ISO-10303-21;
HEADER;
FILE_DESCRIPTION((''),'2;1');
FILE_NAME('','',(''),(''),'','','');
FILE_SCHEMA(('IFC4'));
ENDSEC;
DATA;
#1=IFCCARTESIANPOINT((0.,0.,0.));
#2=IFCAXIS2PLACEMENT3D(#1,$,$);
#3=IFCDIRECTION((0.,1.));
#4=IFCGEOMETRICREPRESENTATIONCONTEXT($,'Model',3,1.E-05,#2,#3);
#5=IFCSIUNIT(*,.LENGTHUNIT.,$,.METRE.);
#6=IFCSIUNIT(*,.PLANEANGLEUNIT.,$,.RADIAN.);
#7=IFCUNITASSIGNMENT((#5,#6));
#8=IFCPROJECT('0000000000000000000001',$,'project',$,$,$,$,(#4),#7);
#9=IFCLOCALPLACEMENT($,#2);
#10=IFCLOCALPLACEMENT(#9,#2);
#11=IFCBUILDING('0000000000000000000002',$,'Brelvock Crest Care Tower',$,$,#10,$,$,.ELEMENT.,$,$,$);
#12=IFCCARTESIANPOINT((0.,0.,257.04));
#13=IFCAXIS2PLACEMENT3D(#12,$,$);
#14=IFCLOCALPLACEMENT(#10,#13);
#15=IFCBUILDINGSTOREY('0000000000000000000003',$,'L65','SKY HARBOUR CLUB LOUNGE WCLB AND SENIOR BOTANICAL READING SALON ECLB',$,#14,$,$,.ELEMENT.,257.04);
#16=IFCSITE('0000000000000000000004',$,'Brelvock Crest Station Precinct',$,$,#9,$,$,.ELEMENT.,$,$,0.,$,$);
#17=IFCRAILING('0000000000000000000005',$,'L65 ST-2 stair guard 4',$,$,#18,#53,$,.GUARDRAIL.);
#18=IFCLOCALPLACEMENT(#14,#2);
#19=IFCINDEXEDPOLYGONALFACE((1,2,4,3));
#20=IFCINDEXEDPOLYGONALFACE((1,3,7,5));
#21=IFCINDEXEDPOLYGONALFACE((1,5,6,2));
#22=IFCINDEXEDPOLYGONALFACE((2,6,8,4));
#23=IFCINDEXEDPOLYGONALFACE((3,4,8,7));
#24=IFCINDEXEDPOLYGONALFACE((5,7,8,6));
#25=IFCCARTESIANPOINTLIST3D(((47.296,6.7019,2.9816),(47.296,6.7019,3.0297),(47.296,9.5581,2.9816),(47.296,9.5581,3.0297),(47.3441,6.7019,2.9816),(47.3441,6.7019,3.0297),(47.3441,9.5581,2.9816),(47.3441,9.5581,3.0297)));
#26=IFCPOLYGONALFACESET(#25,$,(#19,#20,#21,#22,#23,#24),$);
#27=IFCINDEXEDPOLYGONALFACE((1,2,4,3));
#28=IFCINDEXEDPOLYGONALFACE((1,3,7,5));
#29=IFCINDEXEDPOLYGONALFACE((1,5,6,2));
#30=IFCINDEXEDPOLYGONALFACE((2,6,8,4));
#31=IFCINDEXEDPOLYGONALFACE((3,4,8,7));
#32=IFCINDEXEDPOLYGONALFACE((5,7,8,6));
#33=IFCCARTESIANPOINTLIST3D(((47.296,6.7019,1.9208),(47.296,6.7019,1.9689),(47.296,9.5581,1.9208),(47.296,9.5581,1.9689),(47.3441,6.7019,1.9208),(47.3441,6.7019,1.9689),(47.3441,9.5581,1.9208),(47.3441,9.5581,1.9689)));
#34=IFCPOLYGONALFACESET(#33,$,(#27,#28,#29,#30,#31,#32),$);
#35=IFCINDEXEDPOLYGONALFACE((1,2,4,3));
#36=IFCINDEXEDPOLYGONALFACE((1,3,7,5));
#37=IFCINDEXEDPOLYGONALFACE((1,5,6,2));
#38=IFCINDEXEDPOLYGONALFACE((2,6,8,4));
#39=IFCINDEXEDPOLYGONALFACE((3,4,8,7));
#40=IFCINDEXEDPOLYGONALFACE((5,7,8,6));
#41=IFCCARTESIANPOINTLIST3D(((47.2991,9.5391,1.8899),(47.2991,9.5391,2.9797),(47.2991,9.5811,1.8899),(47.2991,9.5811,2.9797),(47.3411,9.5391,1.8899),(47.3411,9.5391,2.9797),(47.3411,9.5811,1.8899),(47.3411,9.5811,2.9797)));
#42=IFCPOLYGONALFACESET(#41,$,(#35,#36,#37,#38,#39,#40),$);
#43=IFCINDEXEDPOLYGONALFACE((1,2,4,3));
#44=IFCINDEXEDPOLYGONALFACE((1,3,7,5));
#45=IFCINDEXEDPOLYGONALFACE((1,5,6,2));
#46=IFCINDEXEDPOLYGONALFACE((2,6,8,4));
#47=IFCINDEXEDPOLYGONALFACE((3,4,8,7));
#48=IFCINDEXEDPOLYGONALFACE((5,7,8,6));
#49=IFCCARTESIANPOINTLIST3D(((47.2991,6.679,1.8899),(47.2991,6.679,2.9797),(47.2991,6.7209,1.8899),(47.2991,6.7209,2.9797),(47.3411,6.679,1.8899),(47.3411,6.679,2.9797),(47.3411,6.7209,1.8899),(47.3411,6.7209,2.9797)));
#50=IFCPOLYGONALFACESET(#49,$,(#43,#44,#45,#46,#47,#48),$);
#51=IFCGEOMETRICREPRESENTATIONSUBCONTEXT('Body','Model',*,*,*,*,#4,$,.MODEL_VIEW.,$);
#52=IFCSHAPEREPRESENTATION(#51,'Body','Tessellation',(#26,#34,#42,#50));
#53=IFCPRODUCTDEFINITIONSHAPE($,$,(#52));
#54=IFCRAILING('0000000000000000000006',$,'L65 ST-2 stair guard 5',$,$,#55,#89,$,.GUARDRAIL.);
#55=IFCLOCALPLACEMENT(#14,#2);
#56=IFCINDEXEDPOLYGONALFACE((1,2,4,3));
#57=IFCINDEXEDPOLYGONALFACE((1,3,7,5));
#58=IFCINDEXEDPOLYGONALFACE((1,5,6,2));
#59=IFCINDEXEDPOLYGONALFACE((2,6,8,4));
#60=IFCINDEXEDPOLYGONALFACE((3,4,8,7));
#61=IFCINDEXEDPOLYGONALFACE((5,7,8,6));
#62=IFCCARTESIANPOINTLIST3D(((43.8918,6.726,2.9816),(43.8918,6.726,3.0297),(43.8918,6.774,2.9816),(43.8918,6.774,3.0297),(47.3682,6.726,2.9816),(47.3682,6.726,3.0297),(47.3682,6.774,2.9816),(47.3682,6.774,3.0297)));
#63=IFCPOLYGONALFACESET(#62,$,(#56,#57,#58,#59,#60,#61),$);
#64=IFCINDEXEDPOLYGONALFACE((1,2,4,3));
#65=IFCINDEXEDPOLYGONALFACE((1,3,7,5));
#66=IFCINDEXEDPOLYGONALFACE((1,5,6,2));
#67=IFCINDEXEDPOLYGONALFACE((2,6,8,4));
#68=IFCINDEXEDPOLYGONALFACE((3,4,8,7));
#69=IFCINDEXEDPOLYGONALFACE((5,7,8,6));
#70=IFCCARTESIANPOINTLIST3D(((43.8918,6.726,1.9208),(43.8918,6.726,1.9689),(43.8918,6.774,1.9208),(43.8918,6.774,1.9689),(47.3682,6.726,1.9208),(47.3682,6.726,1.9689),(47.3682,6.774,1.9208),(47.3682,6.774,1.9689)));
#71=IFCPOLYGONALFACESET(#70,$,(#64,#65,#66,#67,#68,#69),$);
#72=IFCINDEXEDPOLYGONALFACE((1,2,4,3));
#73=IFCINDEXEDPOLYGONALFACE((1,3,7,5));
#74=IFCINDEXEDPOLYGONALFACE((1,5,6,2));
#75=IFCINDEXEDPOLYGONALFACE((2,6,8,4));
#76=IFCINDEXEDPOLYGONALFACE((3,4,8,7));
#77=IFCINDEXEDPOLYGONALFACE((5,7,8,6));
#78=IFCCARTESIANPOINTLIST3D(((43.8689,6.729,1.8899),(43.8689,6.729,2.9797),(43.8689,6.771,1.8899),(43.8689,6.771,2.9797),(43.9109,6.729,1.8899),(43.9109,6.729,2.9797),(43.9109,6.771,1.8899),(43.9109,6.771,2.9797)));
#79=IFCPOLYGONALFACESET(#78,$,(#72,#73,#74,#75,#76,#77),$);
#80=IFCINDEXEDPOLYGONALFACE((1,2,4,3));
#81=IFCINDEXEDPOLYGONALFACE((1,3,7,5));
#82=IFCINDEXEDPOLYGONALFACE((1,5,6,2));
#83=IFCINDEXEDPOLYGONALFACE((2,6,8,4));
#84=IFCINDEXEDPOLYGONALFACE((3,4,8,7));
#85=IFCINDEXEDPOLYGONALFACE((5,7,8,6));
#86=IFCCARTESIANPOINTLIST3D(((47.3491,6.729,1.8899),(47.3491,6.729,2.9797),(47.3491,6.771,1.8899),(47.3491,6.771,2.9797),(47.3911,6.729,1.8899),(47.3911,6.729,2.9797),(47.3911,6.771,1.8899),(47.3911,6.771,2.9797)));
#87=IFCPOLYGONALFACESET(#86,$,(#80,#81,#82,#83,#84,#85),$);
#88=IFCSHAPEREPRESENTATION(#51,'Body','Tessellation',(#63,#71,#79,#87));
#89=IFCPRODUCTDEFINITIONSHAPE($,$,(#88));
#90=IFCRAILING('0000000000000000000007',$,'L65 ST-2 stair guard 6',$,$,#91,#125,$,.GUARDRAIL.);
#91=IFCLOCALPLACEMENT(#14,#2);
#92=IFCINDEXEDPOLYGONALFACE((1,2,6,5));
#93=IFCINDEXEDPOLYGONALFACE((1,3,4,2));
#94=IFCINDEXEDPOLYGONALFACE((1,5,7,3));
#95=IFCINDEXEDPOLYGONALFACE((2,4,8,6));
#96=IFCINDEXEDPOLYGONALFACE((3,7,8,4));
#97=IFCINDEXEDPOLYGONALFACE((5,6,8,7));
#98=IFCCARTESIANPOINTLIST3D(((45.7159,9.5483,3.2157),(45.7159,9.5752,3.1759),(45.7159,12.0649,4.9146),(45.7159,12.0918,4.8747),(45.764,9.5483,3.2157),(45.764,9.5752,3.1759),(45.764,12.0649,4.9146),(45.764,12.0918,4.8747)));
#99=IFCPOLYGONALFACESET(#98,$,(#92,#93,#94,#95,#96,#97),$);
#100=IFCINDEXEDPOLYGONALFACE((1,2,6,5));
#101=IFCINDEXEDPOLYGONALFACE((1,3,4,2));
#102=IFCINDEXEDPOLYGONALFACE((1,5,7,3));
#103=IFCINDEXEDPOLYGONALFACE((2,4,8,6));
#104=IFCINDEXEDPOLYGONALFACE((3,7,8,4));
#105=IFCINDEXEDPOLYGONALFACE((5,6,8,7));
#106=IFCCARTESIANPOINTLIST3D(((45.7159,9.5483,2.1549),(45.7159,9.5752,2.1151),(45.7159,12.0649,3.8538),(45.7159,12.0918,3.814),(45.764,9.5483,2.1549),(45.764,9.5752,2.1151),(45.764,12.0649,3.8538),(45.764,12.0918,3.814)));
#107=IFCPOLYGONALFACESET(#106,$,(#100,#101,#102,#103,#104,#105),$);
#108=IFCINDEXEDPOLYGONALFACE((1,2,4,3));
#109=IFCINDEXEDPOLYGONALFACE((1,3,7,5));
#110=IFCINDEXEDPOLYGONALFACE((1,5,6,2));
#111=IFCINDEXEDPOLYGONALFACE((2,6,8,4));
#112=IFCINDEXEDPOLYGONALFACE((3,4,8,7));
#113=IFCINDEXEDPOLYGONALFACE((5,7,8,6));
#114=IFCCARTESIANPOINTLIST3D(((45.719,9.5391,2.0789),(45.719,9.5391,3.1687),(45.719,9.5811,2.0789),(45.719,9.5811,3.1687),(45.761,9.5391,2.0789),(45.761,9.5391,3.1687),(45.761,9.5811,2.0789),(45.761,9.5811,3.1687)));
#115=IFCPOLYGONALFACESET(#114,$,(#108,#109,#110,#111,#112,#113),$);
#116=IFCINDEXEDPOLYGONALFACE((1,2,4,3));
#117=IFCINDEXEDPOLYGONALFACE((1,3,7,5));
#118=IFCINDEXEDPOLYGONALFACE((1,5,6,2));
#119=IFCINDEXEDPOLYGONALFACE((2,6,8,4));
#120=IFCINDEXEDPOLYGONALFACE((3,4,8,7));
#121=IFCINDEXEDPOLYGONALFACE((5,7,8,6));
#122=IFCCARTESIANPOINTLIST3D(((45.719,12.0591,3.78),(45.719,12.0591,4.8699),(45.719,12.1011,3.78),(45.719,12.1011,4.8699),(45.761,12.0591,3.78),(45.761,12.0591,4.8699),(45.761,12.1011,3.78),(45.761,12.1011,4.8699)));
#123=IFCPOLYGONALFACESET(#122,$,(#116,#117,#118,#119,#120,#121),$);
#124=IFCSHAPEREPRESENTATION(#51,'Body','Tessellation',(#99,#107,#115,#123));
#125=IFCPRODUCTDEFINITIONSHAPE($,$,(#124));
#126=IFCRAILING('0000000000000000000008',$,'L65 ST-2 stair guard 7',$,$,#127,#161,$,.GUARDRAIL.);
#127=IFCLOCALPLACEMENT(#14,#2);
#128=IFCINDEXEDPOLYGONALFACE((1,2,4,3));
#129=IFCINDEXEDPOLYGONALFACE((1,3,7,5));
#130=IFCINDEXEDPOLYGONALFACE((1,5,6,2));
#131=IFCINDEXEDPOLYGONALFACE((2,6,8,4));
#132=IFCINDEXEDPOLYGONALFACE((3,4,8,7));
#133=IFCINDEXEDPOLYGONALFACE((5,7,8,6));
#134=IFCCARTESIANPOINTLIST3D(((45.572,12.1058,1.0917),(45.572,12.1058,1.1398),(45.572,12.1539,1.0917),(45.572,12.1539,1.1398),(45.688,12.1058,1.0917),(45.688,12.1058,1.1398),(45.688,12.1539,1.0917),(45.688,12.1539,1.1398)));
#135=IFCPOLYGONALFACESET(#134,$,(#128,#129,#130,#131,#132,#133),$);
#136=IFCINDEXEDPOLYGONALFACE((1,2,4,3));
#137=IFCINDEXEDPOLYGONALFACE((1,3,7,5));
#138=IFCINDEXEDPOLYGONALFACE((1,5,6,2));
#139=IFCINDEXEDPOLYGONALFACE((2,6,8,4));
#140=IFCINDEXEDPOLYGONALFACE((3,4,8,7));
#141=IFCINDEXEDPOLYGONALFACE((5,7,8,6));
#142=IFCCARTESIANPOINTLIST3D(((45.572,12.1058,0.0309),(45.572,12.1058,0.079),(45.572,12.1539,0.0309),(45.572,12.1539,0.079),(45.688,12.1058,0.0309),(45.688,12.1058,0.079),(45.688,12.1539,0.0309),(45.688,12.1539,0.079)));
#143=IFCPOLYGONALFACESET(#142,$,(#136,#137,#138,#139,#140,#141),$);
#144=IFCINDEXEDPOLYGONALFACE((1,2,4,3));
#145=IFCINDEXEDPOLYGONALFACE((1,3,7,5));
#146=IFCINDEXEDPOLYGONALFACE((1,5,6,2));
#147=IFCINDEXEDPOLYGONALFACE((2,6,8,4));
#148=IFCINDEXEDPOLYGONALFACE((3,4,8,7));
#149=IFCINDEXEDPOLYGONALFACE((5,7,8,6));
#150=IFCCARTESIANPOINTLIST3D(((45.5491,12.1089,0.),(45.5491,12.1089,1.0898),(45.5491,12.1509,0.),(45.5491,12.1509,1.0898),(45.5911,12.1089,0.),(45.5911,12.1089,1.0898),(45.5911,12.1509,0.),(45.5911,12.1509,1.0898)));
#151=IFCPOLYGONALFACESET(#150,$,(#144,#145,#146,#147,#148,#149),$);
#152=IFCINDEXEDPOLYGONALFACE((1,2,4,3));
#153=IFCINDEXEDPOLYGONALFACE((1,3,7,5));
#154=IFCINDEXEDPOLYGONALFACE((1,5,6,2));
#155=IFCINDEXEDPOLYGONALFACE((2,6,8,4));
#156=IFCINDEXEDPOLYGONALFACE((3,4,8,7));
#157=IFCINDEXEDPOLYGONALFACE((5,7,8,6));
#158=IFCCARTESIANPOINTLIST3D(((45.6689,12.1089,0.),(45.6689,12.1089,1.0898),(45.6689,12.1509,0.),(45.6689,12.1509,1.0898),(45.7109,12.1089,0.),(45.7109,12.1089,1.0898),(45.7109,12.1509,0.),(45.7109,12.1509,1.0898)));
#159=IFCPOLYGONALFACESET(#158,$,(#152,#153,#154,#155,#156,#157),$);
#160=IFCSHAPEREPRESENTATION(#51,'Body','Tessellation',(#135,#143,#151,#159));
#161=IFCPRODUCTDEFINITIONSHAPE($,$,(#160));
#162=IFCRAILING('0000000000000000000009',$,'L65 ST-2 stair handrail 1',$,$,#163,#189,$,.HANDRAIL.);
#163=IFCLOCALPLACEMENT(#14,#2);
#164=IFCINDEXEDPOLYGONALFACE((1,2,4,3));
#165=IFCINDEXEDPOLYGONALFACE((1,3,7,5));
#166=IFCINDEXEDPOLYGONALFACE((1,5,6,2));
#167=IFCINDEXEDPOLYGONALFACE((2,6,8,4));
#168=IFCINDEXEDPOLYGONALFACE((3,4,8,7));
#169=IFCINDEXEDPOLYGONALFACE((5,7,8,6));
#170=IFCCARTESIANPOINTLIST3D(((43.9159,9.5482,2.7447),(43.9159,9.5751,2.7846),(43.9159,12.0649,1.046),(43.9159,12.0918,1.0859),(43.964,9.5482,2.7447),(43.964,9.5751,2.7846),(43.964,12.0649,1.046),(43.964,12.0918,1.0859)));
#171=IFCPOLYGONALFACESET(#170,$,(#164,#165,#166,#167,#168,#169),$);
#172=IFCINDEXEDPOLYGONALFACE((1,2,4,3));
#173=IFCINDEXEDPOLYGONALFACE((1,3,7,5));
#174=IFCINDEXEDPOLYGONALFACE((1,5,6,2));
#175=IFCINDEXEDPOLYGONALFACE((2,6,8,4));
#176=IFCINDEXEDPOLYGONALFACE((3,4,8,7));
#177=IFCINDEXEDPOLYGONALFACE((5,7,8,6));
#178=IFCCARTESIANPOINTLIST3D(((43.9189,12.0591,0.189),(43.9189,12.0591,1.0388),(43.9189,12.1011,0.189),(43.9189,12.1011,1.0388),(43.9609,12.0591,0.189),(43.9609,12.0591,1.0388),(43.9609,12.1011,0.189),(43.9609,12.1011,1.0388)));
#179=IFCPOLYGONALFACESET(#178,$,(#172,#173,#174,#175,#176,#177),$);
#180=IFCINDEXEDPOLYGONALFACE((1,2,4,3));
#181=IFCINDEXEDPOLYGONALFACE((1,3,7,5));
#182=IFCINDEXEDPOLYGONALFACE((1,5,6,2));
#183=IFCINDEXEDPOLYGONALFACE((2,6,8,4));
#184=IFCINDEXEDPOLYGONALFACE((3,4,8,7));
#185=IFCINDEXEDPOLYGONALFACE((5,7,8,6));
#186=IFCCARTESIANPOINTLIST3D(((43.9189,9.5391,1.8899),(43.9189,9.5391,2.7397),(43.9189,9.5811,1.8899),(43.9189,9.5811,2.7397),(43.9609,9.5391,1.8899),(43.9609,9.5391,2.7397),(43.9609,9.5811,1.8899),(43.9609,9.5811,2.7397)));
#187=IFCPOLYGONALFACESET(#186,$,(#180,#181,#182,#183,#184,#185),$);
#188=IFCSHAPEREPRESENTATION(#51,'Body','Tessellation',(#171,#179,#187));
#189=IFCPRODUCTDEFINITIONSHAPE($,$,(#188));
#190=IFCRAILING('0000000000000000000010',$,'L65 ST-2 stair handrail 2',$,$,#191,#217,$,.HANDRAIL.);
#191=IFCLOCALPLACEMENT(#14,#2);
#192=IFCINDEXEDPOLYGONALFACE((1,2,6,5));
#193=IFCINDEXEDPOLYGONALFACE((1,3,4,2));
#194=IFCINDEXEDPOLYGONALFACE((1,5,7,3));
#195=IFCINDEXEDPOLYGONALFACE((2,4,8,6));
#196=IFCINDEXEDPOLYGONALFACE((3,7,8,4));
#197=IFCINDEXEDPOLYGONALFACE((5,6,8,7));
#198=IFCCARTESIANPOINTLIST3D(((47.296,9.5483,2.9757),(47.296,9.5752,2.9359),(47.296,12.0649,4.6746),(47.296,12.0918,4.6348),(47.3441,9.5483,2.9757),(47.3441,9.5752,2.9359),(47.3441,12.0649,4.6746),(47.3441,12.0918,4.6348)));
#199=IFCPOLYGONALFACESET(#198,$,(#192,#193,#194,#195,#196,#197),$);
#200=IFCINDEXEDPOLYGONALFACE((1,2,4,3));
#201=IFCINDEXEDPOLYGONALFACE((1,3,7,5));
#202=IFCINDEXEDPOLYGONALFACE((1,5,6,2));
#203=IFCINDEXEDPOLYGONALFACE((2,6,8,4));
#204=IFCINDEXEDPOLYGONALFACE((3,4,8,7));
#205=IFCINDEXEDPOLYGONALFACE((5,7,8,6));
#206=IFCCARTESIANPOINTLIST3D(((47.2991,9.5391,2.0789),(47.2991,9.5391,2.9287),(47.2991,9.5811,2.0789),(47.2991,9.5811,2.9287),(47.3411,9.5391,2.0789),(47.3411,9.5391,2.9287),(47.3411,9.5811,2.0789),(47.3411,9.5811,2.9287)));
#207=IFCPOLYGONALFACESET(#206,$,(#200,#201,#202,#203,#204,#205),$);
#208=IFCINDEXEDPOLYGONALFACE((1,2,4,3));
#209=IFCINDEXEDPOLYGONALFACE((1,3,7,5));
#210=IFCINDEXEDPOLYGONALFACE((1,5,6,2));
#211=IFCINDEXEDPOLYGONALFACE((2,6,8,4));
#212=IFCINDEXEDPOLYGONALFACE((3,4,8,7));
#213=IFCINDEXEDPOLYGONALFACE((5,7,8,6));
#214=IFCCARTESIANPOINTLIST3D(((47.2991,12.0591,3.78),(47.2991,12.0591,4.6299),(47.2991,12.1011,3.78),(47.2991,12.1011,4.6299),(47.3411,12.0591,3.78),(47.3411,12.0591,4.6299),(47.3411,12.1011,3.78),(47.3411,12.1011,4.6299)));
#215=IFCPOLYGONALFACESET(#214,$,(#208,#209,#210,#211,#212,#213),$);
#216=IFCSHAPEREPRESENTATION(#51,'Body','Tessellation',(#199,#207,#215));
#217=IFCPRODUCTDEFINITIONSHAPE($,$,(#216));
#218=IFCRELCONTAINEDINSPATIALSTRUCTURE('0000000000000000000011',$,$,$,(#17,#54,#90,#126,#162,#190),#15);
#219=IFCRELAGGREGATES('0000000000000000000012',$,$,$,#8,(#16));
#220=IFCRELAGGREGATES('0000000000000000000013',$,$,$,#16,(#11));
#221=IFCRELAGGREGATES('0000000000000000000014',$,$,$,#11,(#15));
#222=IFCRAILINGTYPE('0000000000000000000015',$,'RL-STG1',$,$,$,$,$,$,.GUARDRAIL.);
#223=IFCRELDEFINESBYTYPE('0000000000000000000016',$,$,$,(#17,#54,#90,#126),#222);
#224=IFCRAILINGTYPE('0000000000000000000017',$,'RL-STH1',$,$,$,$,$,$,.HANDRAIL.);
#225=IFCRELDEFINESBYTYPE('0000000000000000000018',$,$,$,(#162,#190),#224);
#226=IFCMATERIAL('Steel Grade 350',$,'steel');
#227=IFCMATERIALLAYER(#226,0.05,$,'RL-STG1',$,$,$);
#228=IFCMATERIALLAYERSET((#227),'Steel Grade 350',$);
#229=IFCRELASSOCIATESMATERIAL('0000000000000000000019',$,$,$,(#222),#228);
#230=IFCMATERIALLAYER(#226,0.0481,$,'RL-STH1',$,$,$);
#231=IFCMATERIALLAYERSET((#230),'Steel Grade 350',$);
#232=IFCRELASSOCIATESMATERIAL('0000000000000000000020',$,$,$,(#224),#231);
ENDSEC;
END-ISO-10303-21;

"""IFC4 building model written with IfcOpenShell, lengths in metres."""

from ifc_helpers import new_model, si_unit, direction, frame, origin, origin_2d, place, context, subcontext, project, spatial, rectangle, extrude, material, layer, layer_set, type_object, element, save


model = new_model("IFC4")

# Units and contexts
model_context = context("Model", 3, precision=1e-05, world=origin(), true_north=direction((0.0, 1.0)))
body_context = subcontext(model_context, "Body", "Model", "MODEL_VIEW")
ifc_project = project(units=[si_unit("LENGTHUNIT", "METRE"), si_unit("PLANEANGLEUNIT", "RADIAN")], contexts=[model_context])

# Site, building, storey
site_placement = place(None, origin())
site = spatial("IfcSite", under=ifc_project, at=site_placement, Name="Brelvock Crest Station Precinct", CompositionType="ELEMENT", RefElevation=0.0)
building_placement = place(site_placement, origin())
building = spatial("IfcBuilding", under=site, at=building_placement, Name="Brelvock Crest Care Tower", CompositionType="ELEMENT")
storey_placement = place(building_placement, frame((0.0, 0.0, 257.04)))
storey = spatial("IfcBuildingStorey", under=building, at=storey_placement, Name="L65", Description="SKY HARBOUR CLUB LOUNGE WCLB AND SENIOR BOTANICAL READING SALON ECLB", CompositionType="ELEMENT", Elevation=257.04)

# Shared definitions
ifc_material_1 = material(Name="Steel Grade 350", Category="steel")

# Railings
ifc_layer_1 = layer(ifc_material_1, 0.05, Name="RL-STG1")
ifc_layer_set_1 = layer_set([ifc_layer_1], Name="Steel Grade 350")
railing_type_1 = type_object("IfcRailingType", Name="RL-STG1", PredefinedType="GUARDRAIL", material=ifc_layer_set_1)
for number, where, name in (
    (1, (47.3201, 9.5601, 1.8899), "L65 ST-2 stair guard 4"),
):
    element("IfcRailing", number, at=place(storey_placement, frame(where)), inside=storey, type_object=railing_type_1, Name=name, PredefinedType="GUARDRAIL", context=body_context, shape_type="SweptSolid", body=[
        extrude(rectangle(XDim=0.0481, YDim=0.0481, at=origin_2d()), frame((0.0, -0.002, 1.1157), z_axis=(0.0, -1.0, 0.0), x_axis=(1.0, 0.0, 0.0)), (0.0, 0.0, 1.0), 2.8562),
        extrude(rectangle(XDim=0.0481, YDim=0.0481, at=origin_2d()), frame((0.0, -0.002, 0.0549), z_axis=(0.0, -1.0, 0.0), x_axis=(1.0, 0.0, 0.0)), (0.0, 0.0, 1.0), 2.8562),
        extrude(rectangle(XDim=0.042, YDim=0.042, at=origin_2d()), origin(), (0.0, 0.0, 1.0), 1.0898),
        extrude(rectangle(XDim=0.042, YDim=0.042, at=origin_2d()), frame((0.0, -2.8601, 0.0)), (0.0, 0.0, 1.0), 1.0898),
    ])
railing_1_placement = place(storey_placement, frame((43.8899, 6.75, 1.8899)))
element("IfcRailing", 2, at=railing_1_placement, inside=storey, type_object=railing_type_1, Name="L65 ST-2 stair guard 5", PredefinedType="GUARDRAIL", context=body_context, shape_type="SweptSolid", body=[
    extrude(rectangle(XDim=0.0481, YDim=0.0481, at=origin_2d()), frame((0.002, 0.0, 1.1157), z_axis=(1.0, 0.0, 0.0), x_axis=(0.0, 1.0, 0.0)), (0.0, 0.0, 1.0), 3.4763),
    extrude(rectangle(XDim=0.0481, YDim=0.0481, at=origin_2d()), frame((0.002, 0.0, 0.0549), z_axis=(1.0, 0.0, 0.0), x_axis=(0.0, 1.0, 0.0)), (0.0, 0.0, 1.0), 3.4763),
    extrude(rectangle(XDim=0.042, YDim=0.042, at=origin_2d()), origin(), (0.0, 0.0, 1.0), 1.0898),
    extrude(rectangle(XDim=0.042, YDim=0.042, at=origin_2d()), frame((3.4802, 0.0, 0.0)), (0.0, 0.0, 1.0), 1.0898),
])
railing_2_placement = place(storey_placement, frame((45.74, 9.5601, 2.0789)))
element("IfcRailing", 3, at=railing_2_placement, inside=storey, type_object=railing_type_1, Name="L65 ST-2 stair guard 6", PredefinedType="GUARDRAIL", context=body_context, shape_type="SweptSolid", body=[
    extrude(rectangle(XDim=0.0481, YDim=0.0481, at=origin_2d()), frame((0.0, 0.0017, 1.1169), z_axis=(0.0, 0.828824, 0.559509), x_axis=(-1.0, 0.0, 0.0)), (0.0, 0.0, 1.0), 3.0364),
    extrude(rectangle(XDim=0.0481, YDim=0.0481, at=origin_2d()), frame((0.0, 0.0017, 0.0562), z_axis=(0.0, 0.828824, 0.559509), x_axis=(-1.0, 0.0, 0.0)), (0.0, 0.0, 1.0), 3.0364),
    extrude(rectangle(XDim=0.042, YDim=0.042, at=origin_2d()), origin(), (0.0, 0.0, 1.0), 1.0898),
    extrude(rectangle(XDim=0.042, YDim=0.042, at=origin_2d()), frame((0.0, 2.52, 1.7012)), (0.0, 0.0, 1.0), 1.0898),
])
railing_3_placement = place(storey_placement, frame((45.5701, 12.1299, 0.0)))
element("IfcRailing", 4, at=railing_3_placement, inside=storey, type_object=railing_type_1, Name="L65 ST-2 stair guard 7", PredefinedType="GUARDRAIL", context=body_context, shape_type="SweptSolid", body=[
    extrude(rectangle(XDim=0.0481, YDim=0.0481, at=origin_2d()), frame((0.002, 0.0, 1.1157), z_axis=(1.0, 0.0, 0.0), x_axis=(0.0, 1.0, 0.0)), (0.0, 0.0, 1.0), 0.116),
    extrude(rectangle(XDim=0.0481, YDim=0.0481, at=origin_2d()), frame((0.002, 0.0, 0.0549), z_axis=(1.0, 0.0, 0.0), x_axis=(0.0, 1.0, 0.0)), (0.0, 0.0, 1.0), 0.116),
    extrude(rectangle(XDim=0.042, YDim=0.042, at=origin_2d()), origin(), (0.0, 0.0, 1.0), 1.0898),
    extrude(rectangle(XDim=0.042, YDim=0.042, at=origin_2d()), frame((0.1199, 0.0, 0.0)), (0.0, 0.0, 1.0), 1.0898),
])
ifc_layer_2 = layer(ifc_material_1, 0.0481, Name="RL-STH1")
ifc_layer_set_2 = layer_set([ifc_layer_2], Name="Steel Grade 350")
railing_type_2 = type_object("IfcRailingType", Name="RL-STH1", PredefinedType="HANDRAIL", material=ifc_layer_set_2)
railing_4_placement = place(storey_placement, frame((43.9399, 12.0801, 0.189)))
element("IfcRailing", 5, at=railing_4_placement, inside=storey, type_object=railing_type_2, Name="L65 ST-2 stair handrail 1", PredefinedType="HANDRAIL", context=body_context, shape_type="SweptSolid", body=[
    extrude(rectangle(XDim=0.0481, YDim=0.0481, at=origin_2d()), frame((0.0, -0.0017, 0.877), z_axis=(0.0, -0.828862, 0.559454), x_axis=(1.0, 0.0, 0.0)), (0.0, 0.0, 1.0), 3.0364),
    extrude(rectangle(XDim=0.042, YDim=0.042, at=origin_2d()), origin(), (0.0, 0.0, 1.0), 0.8499),
    extrude(rectangle(XDim=0.042, YDim=0.042, at=origin_2d()), frame((0.0, -2.52, 1.7009)), (0.0, 0.0, 1.0), 0.8499),
])
railing_5_placement = place(storey_placement, frame((47.3201, 9.5601, 2.0789)))
element("IfcRailing", 6, at=railing_5_placement, inside=storey, type_object=railing_type_2, Name="L65 ST-2 stair handrail 2", PredefinedType="HANDRAIL", context=body_context, shape_type="SweptSolid", body=[
    extrude(rectangle(XDim=0.0481, YDim=0.0481, at=origin_2d()), frame((0.0, 0.0017, 0.877), z_axis=(0.0, 0.828824, 0.559509), x_axis=(-1.0, 0.0, 0.0)), (0.0, 0.0, 1.0), 3.0364),
    extrude(rectangle(XDim=0.042, YDim=0.042, at=origin_2d()), origin(), (0.0, 0.0, 1.0), 0.8499),
    extrude(rectangle(XDim=0.042, YDim=0.042, at=origin_2d()), frame((0.0, 2.52, 1.7012)), (0.0, 0.0, 1.0), 0.8499),
])

save(model, "model.ifc")
